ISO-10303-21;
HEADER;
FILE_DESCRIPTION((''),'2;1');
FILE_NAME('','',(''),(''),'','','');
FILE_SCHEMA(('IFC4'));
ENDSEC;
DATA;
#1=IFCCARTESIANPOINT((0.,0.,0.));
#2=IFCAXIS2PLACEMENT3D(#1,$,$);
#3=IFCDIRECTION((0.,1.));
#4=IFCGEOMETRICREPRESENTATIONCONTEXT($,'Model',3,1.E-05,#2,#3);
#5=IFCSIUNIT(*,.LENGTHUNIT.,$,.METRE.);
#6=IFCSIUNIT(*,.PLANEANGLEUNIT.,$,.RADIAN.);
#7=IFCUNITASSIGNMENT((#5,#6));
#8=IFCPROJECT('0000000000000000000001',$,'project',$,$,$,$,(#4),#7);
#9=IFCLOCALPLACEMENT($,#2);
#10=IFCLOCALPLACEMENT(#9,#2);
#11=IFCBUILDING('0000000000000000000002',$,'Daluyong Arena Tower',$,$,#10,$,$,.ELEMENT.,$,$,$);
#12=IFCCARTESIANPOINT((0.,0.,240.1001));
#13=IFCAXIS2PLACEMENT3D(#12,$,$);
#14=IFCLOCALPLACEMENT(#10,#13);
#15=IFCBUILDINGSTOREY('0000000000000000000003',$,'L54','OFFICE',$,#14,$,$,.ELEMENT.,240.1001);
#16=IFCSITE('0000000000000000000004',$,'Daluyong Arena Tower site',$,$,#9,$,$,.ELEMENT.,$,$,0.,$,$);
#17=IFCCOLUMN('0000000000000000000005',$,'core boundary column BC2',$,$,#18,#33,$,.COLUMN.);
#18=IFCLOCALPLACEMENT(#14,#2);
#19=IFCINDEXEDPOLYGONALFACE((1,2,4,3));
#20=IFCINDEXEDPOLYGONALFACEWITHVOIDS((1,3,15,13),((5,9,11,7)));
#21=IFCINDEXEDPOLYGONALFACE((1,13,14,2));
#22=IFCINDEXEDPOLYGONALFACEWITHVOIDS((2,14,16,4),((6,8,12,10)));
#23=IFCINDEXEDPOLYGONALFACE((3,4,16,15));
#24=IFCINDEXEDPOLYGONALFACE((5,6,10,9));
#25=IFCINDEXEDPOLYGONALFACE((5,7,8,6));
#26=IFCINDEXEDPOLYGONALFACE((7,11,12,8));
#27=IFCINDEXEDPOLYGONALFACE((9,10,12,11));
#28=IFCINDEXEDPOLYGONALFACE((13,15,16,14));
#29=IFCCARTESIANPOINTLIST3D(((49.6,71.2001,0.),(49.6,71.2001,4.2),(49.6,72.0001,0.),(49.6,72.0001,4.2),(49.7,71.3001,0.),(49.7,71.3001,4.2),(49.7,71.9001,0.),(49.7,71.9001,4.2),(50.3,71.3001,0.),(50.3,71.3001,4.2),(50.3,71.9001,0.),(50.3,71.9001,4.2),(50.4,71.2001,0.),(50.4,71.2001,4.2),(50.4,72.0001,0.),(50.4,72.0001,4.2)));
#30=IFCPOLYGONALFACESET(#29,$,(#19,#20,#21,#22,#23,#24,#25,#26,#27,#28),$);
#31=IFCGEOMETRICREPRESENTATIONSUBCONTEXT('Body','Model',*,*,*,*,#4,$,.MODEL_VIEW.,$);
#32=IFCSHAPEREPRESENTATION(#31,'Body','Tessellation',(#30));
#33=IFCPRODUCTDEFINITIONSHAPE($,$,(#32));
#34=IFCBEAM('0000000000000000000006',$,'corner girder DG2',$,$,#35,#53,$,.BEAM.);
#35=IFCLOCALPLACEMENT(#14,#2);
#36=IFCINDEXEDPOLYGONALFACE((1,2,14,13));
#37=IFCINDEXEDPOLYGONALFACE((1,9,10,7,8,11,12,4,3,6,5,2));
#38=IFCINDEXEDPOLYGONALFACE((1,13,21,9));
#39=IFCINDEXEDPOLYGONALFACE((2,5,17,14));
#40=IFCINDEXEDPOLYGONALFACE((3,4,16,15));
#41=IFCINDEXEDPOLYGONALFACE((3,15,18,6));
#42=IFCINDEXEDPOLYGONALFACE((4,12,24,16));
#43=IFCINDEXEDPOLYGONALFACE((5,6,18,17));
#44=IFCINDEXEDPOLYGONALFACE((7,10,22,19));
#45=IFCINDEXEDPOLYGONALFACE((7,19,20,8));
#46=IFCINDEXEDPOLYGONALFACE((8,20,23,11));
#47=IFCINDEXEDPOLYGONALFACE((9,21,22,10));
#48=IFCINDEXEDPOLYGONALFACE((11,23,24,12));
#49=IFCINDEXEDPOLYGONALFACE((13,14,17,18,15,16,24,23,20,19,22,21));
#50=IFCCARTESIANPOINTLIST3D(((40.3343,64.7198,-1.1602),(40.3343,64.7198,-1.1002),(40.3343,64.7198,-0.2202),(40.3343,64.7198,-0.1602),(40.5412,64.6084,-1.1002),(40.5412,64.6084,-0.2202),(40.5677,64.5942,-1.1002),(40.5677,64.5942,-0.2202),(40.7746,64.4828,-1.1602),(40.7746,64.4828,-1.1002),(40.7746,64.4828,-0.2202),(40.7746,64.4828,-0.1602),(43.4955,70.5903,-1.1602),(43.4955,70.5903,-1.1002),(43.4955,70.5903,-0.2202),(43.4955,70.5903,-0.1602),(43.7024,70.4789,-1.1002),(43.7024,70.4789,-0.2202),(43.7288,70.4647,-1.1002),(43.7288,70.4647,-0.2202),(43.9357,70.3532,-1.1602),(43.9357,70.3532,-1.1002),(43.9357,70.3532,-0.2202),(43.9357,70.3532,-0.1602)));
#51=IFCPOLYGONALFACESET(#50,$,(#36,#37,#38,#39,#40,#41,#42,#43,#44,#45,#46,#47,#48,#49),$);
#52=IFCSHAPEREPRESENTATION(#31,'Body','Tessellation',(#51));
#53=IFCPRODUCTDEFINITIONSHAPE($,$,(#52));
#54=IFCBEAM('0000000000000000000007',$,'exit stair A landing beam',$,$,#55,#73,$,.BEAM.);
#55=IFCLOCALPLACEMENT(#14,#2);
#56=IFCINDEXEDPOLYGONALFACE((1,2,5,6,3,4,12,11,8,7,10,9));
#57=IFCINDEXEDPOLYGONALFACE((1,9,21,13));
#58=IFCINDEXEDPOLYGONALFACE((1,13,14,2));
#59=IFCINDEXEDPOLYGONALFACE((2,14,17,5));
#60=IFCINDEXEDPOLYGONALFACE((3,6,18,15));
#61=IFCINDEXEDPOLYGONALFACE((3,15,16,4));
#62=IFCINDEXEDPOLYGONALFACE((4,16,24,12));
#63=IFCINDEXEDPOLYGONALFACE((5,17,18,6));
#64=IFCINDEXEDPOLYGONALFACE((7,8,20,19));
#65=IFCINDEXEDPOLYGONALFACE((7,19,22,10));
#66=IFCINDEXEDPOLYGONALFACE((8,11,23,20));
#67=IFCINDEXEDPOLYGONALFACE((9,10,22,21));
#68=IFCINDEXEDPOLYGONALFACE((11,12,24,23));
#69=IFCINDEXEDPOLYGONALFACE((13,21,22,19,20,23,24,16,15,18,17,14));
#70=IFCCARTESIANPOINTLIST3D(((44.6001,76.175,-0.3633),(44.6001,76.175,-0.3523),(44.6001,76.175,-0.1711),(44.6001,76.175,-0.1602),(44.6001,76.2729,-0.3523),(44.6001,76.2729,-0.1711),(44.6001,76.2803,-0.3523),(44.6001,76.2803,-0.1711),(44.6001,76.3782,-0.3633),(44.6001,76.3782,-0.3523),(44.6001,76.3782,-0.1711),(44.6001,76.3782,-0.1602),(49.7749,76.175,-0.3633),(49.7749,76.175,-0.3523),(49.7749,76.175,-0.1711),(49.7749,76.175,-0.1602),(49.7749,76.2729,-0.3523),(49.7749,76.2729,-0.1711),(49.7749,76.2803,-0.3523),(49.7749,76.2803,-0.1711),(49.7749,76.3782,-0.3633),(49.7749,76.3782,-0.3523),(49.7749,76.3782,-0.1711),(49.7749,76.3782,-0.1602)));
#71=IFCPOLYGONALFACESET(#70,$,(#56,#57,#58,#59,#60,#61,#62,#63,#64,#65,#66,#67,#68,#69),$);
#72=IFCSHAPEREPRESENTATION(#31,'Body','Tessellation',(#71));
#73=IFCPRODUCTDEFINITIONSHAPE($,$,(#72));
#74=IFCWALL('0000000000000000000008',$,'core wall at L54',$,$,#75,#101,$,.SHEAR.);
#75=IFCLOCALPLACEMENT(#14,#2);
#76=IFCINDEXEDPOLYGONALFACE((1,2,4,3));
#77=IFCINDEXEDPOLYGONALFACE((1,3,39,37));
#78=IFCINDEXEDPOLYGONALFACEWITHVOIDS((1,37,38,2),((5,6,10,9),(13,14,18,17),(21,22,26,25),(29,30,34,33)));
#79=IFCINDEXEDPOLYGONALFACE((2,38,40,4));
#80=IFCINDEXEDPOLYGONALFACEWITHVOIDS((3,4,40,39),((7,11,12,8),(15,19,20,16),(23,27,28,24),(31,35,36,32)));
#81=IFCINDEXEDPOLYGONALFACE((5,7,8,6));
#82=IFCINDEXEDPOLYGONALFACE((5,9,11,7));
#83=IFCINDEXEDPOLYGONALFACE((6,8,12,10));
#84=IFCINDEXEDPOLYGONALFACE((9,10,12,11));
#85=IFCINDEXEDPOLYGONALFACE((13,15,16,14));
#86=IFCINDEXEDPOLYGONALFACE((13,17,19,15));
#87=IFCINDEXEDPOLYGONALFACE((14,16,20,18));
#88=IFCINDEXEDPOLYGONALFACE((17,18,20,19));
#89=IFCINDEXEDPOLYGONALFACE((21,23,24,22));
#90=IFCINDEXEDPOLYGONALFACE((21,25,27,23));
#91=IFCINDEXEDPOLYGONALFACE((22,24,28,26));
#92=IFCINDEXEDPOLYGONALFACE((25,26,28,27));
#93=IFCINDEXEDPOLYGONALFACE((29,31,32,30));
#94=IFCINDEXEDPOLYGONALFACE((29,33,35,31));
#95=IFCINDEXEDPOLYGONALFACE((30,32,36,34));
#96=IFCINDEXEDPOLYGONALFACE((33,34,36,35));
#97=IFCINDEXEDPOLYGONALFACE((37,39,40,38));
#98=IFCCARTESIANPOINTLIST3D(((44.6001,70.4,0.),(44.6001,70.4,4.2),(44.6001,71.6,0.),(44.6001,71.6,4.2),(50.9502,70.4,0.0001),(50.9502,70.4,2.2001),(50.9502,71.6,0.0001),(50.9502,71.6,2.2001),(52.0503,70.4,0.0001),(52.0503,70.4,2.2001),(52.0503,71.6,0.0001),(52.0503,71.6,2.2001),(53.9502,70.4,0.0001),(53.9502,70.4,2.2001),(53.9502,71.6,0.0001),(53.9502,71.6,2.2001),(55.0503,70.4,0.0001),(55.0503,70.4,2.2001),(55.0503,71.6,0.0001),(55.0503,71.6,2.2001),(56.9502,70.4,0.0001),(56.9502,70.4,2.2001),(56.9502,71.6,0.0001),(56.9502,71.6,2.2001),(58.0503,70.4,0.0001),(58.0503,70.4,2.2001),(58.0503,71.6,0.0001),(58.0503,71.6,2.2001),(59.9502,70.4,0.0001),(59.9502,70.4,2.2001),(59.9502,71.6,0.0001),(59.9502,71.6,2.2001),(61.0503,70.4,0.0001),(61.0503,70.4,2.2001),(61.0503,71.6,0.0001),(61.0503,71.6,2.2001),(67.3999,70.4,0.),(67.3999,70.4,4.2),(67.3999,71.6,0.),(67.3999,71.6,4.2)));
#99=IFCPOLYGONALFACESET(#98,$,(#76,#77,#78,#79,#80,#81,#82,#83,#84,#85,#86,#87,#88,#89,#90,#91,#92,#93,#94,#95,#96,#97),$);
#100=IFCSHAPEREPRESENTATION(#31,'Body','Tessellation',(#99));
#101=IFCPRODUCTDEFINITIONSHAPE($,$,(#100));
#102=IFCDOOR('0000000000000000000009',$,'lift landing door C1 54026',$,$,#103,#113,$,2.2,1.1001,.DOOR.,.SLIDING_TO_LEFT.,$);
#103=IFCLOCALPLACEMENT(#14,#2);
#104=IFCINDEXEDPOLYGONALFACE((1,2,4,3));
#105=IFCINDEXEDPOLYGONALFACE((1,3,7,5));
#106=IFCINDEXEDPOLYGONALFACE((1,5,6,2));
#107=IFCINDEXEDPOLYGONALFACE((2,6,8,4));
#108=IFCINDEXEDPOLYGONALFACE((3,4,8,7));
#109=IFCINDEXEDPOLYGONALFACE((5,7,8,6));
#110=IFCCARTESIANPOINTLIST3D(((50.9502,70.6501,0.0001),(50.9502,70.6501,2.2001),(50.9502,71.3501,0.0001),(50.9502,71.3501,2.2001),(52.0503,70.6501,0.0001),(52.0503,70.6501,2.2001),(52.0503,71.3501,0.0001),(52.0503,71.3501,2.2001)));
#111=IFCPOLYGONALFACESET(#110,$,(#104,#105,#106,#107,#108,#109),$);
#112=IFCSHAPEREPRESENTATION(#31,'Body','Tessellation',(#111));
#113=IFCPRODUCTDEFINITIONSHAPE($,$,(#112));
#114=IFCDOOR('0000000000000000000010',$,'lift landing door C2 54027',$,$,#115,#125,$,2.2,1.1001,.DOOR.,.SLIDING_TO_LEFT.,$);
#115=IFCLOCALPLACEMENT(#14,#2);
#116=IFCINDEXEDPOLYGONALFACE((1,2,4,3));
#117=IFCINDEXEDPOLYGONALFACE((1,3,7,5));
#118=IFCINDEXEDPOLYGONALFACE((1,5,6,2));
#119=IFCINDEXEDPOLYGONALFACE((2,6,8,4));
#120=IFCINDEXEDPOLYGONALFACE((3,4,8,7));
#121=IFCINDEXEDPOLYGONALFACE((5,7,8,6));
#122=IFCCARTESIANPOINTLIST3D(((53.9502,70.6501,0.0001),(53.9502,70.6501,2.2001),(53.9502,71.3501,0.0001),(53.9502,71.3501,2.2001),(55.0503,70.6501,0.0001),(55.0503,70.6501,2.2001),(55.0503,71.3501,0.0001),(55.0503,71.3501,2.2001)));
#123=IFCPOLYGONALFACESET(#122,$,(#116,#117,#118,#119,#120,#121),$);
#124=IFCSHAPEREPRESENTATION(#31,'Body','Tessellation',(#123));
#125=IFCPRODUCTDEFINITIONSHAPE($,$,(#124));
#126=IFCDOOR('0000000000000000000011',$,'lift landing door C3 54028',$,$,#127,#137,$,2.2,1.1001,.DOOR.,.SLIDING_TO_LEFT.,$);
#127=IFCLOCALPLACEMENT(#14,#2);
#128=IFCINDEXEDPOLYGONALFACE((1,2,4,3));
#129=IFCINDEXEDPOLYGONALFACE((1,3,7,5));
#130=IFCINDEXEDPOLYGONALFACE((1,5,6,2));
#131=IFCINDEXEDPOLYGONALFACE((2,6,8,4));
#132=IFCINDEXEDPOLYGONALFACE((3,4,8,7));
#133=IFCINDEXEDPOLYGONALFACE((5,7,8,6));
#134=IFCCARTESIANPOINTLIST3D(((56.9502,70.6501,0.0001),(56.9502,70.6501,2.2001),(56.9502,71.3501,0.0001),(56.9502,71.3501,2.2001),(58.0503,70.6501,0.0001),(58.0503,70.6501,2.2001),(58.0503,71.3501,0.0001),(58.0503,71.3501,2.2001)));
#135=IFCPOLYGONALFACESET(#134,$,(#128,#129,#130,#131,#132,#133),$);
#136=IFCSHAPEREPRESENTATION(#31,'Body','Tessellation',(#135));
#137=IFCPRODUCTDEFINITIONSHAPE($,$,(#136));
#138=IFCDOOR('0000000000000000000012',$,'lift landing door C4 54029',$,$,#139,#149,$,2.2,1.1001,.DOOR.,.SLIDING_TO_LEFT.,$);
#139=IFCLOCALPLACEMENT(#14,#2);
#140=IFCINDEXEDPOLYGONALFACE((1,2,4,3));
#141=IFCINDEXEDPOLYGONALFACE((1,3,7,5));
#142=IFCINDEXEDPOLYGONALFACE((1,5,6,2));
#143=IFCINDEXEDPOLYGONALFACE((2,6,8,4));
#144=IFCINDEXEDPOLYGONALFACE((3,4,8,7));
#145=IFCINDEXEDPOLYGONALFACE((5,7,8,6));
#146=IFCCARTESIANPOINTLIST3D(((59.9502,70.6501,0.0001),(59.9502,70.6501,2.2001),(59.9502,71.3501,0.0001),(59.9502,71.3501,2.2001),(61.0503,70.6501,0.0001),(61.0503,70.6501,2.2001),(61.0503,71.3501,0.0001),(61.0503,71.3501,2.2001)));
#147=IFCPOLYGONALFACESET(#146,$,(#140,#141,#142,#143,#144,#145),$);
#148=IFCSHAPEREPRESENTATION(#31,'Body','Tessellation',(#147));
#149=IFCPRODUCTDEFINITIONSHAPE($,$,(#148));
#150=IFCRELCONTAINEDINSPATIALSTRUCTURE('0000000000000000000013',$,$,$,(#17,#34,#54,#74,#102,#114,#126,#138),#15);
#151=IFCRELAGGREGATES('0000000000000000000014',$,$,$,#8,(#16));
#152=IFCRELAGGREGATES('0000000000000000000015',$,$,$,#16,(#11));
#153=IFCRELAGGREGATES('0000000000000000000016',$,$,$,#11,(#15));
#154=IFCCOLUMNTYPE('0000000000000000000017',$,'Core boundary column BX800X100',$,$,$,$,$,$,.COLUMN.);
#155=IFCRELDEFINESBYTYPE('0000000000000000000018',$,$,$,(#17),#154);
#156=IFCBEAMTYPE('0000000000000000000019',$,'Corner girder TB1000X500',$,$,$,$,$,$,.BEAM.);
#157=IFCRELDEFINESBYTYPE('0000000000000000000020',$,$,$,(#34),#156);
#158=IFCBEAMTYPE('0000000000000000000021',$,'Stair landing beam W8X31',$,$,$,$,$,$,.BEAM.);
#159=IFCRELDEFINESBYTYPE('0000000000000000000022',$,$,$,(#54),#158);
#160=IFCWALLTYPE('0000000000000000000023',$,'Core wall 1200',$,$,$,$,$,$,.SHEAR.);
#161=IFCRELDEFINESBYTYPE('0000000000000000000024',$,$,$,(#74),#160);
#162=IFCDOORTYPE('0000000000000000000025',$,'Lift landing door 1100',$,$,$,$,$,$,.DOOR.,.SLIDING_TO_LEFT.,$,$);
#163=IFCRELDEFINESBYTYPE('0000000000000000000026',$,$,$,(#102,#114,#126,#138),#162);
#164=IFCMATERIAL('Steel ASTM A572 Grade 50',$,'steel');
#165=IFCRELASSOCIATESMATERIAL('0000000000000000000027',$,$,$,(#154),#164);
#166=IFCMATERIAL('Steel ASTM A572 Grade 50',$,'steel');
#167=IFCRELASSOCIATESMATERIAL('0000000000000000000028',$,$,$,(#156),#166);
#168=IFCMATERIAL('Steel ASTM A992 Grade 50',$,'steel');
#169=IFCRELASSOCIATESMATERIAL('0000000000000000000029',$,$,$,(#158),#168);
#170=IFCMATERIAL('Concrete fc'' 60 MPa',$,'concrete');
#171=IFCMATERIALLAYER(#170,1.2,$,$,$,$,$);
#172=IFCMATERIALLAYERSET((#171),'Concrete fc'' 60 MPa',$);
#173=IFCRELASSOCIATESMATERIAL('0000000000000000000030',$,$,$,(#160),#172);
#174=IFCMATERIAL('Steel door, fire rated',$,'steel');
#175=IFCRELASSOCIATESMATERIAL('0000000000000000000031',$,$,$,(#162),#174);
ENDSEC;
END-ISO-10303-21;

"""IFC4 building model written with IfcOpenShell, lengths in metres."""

from ifc_helpers import new_model, si_unit, direction, frame, frame_2d, origin, origin_2d, place, context, subcontext, project, spatial, rectangle, hollow_rectangle, i_section, extrude, material, layer, layer_set, material_profile, profile_set, type_object, element, fill, save


model = new_model("IFC4")

# Units and contexts
model_context = context("Model", 3, precision=1e-05, world=origin(), true_north=direction((0.0, 1.0)))
body_context = subcontext(model_context, "Body", "Model", "MODEL_VIEW")
ifc_project = project(units=[si_unit("LENGTHUNIT", "METRE"), si_unit("PLANEANGLEUNIT", "RADIAN")], contexts=[model_context])

# Site, building, storey
site_placement = place(None, origin())
site = spatial("IfcSite", under=ifc_project, at=site_placement, Name="Daluyong Arena Tower site", CompositionType="ELEMENT", RefElevation=0.0)
building_placement = place(site_placement, origin())
building = spatial("IfcBuilding", under=site, at=building_placement, Name="Daluyong Arena Tower", CompositionType="ELEMENT")
storey_placement = place(building_placement, frame((0.0, 0.0, 240.1001)))
storey = spatial("IfcBuildingStorey", under=building, at=storey_placement, Name="L54", Description="OFFICE", CompositionType="ELEMENT", Elevation=240.1001)

# Column
ifc_material_1 = material(Name="Steel ASTM A572 Grade 50", Category="steel")
ifc_material_profile_1 = material_profile(ifc_material_1, hollow_rectangle(XDim=0.8, YDim=0.8, WallThickness=0.1, at=origin_2d()))
ifc_profile_set_1 = profile_set([ifc_material_profile_1], Name="Steel ASTM A572 Grade 50")
column_type = type_object("IfcColumnType", Name="Core boundary column BX800X100", PredefinedType="COLUMN", material=ifc_profile_set_1)
column_placement = place(storey_placement, frame((50.0, 71.6001, 0.0), z_axis=(0.0, 0.0, 1.0), x_axis=(1.0, 0.0, 0.0)))
element("IfcColumn", 1, at=column_placement, inside=storey, type_object=column_type, Name="core boundary column BC2", PredefinedType="COLUMN", context=body_context, shape_type="SweptSolid", body=[
    extrude(hollow_rectangle(XDim=0.8, YDim=0.8, WallThickness=0.1, at=origin_2d()), origin(), (0.0, 0.0, 1.0), 4.2),
])

# Beams
ifc_material_2 = material(Name="Steel ASTM A572 Grade 50", Category="steel")
ifc_material_profile_2 = material_profile(ifc_material_2, i_section(OverallWidth=0.5, OverallDepth=1.0, WebThickness=0.03, FlangeThickness=0.06, at=origin_2d()))
ifc_profile_set_2 = profile_set([ifc_material_profile_2], Name="Steel ASTM A572 Grade 50")
beam_type_1 = type_object("IfcBeamType", Name="Corner girder TB1000X500", PredefinedType="BEAM", material=ifc_profile_set_2)
beam_1_placement = place(storey_placement, frame((40.5544, 64.6013, -0.6602), z_axis=(0.474119, 0.880461, 0.0), x_axis=(-0.880461, 0.474119, 0.0)))
element("IfcBeam", 2, at=beam_1_placement, inside=storey, type_object=beam_type_1, Name="corner girder DG2", PredefinedType="BEAM", context=body_context, shape_type="SweptSolid", body=[
    extrude(i_section(OverallWidth=0.5, OverallDepth=1.0, WebThickness=0.03, FlangeThickness=0.06, at=origin_2d()), origin(), (0.0, 0.0, 1.0), 6.6675),
])
ifc_material_3 = material(Name="Steel ASTM A992 Grade 50", Category="steel")
ifc_material_profile_3 = material_profile(ifc_material_3, i_section(OverallWidth=0.2031, OverallDepth=0.2031, WebThickness=0.0073, FlangeThickness=0.011, at=origin_2d()))
ifc_profile_set_3 = profile_set([ifc_material_profile_3], Name="Steel ASTM A992 Grade 50")
beam_type_2 = type_object("IfcBeamType", Name="Stair landing beam W8X31", PredefinedType="BEAM", material=ifc_profile_set_3)
beam_2_placement = place(storey_placement, frame((44.6001, 76.2766, -0.2617), z_axis=(1.0, 0.0, 0.0), x_axis=(0.0, 1.0, 0.0)))
element("IfcBeam", 3, at=beam_2_placement, inside=storey, type_object=beam_type_2, Name="exit stair A landing beam", PredefinedType="BEAM", context=body_context, shape_type="SweptSolid", body=[
    extrude(i_section(OverallWidth=0.2031, OverallDepth=0.2031, WebThickness=0.0073, FlangeThickness=0.011, at=origin_2d()), origin(), (0.0, 0.0, 1.0), 5.1748),
])

# Shared definitions
ifc_material_4 = material(Name="Concrete fc' 60 MPa", Category="concrete")
ifc_layer_1 = layer(ifc_material_4, 1.2)
ifc_layer_set_1 = layer_set([ifc_layer_1], Name="Concrete fc' 60 MPa")
wall_type_1 = type_object("IfcWallType", Name="Core wall 1200", PredefinedType="SHEAR", material=ifc_layer_set_1)

# Wall, openings, doors
wall_1_placement = place(storey_placement, frame((44.6001, 71.0, 0.0), z_axis=(0.0, 0.0, 1.0), x_axis=(1.0, 0.0, 0.0)))
wall_1 = element("IfcWall", 4, at=wall_1_placement, inside=storey, type_object=wall_type_1, Name="core wall at L54", PredefinedType="SHEAR", context=body_context, shape_type="SweptSolid", body=[
    extrude(rectangle(XDim=22.7998, YDim=1.2, at=frame_2d((11.3999, 0.0))), origin(), (0.0, 0.0, 1.0), 4.2),
])
opening_1_placement = place(wall_1_placement, frame((6.3501, 0.0, 0.0)))
opening_1 = element("IfcOpeningElement", 5, at=opening_1_placement, cuts=wall_1, PredefinedType="OPENING", context=body_context, shape_type="SweptSolid", body=[
    extrude(rectangle(XDim=1.1001, YDim=2.2, at=frame_2d((0.55, 1.1001))), frame((0.0, 0.6099, 0.0), z_axis=(0.0, -1.0, 0.0), x_axis=(1.0, 0.0, 0.0)), (0.0, 0.0, 1.0), 1.22),
])
opening_2_placement = place(wall_1_placement, frame((9.3501, 0.0, 0.0)))
opening_2 = element("IfcOpeningElement", 6, at=opening_2_placement, cuts=wall_1, PredefinedType="OPENING", context=body_context, shape_type="SweptSolid", body=[
    extrude(rectangle(XDim=1.1001, YDim=2.2, at=frame_2d((0.55, 1.1001))), frame((0.0, 0.6099, 0.0), z_axis=(0.0, -1.0, 0.0), x_axis=(1.0, 0.0, 0.0)), (0.0, 0.0, 1.0), 1.22),
])
opening_3_placement = place(wall_1_placement, frame((12.3501, 0.0, 0.0)))
opening_3 = element("IfcOpeningElement", 7, at=opening_3_placement, cuts=wall_1, PredefinedType="OPENING", context=body_context, shape_type="SweptSolid", body=[
    extrude(rectangle(XDim=1.1001, YDim=2.2, at=frame_2d((0.55, 1.1001))), frame((0.0, 0.6099, 0.0), z_axis=(0.0, -1.0, 0.0), x_axis=(1.0, 0.0, 0.0)), (0.0, 0.0, 1.0), 1.22),
])
opening_4_placement = place(wall_1_placement, frame((15.3501, 0.0, 0.0)))
opening_4 = element("IfcOpeningElement", 8, at=opening_4_placement, cuts=wall_1, PredefinedType="OPENING", context=body_context, shape_type="SweptSolid", body=[
    extrude(rectangle(XDim=1.1001, YDim=2.2, at=frame_2d((0.55, 1.1001))), frame((0.0, 0.6099, 0.0), z_axis=(0.0, -1.0, 0.0), x_axis=(1.0, 0.0, 0.0)), (0.0, 0.0, 1.0), 1.22),
])
ifc_material_5 = material(Name="Steel door, fire rated", Category="steel")
door_type_1 = type_object("IfcDoorType", Name="Lift landing door 1100", OperationType="SLIDING_TO_LEFT", PredefinedType="DOOR", material=ifc_material_5)
door_1_placement = place(opening_1_placement, origin())
door_1 = element("IfcDoor", 9, at=door_1_placement, inside=storey, type_object=door_type_1, Name="lift landing door C1 54026", OperationType="SLIDING_TO_LEFT", OverallHeight=2.2, OverallWidth=1.1001, PredefinedType="DOOR", context=body_context, shape_type="SweptSolid", body=[
    extrude(rectangle(XDim=1.1001, YDim=2.2, at=frame_2d((0.55, 1.1001))), frame((0.0, 0.3501, 0.0), z_axis=(0.0, -1.0, 0.0), x_axis=(1.0, 0.0, 0.0)), (0.0, 0.0, 1.0), 0.7),
])
fill(opening_1, door_1)
door_2_placement = place(opening_2_placement, origin())
door_2 = element("IfcDoor", 10, at=door_2_placement, inside=storey, type_object=door_type_1, Name="lift landing door C2 54027", OperationType="SLIDING_TO_LEFT", OverallHeight=2.2, OverallWidth=1.1001, PredefinedType="DOOR", context=body_context, shape_type="SweptSolid", body=[
    extrude(rectangle(XDim=1.1001, YDim=2.2, at=frame_2d((0.55, 1.1001))), frame((0.0, 0.3501, 0.0), z_axis=(0.0, -1.0, 0.0), x_axis=(1.0, 0.0, 0.0)), (0.0, 0.0, 1.0), 0.7),
])
fill(opening_2, door_2)
door_3_placement = place(opening_3_placement, origin())
door_3 = element("IfcDoor", 11, at=door_3_placement, inside=storey, type_object=door_type_1, Name="lift landing door C3 54028", OperationType="SLIDING_TO_LEFT", OverallHeight=2.2, OverallWidth=1.1001, PredefinedType="DOOR", context=body_context, shape_type="SweptSolid", body=[
    extrude(rectangle(XDim=1.1001, YDim=2.2, at=frame_2d((0.55, 1.1001))), frame((0.0, 0.3501, 0.0), z_axis=(0.0, -1.0, 0.0), x_axis=(1.0, 0.0, 0.0)), (0.0, 0.0, 1.0), 0.7),
])
fill(opening_3, door_3)
door_4_placement = place(opening_4_placement, origin())
door_4 = element("IfcDoor", 12, at=door_4_placement, inside=storey, type_object=door_type_1, Name="lift landing door C4 54029", OperationType="SLIDING_TO_LEFT", OverallHeight=2.2, OverallWidth=1.1001, PredefinedType="DOOR", context=body_context, shape_type="SweptSolid", body=[
    extrude(rectangle(XDim=1.1001, YDim=2.2, at=frame_2d((0.55, 1.1001))), frame((0.0, 0.3501, 0.0), z_axis=(0.0, -1.0, 0.0), x_axis=(1.0, 0.0, 0.0)), (0.0, 0.0, 1.0), 0.7),
])
fill(opening_4, door_4)

save(model, "model.ifc")
